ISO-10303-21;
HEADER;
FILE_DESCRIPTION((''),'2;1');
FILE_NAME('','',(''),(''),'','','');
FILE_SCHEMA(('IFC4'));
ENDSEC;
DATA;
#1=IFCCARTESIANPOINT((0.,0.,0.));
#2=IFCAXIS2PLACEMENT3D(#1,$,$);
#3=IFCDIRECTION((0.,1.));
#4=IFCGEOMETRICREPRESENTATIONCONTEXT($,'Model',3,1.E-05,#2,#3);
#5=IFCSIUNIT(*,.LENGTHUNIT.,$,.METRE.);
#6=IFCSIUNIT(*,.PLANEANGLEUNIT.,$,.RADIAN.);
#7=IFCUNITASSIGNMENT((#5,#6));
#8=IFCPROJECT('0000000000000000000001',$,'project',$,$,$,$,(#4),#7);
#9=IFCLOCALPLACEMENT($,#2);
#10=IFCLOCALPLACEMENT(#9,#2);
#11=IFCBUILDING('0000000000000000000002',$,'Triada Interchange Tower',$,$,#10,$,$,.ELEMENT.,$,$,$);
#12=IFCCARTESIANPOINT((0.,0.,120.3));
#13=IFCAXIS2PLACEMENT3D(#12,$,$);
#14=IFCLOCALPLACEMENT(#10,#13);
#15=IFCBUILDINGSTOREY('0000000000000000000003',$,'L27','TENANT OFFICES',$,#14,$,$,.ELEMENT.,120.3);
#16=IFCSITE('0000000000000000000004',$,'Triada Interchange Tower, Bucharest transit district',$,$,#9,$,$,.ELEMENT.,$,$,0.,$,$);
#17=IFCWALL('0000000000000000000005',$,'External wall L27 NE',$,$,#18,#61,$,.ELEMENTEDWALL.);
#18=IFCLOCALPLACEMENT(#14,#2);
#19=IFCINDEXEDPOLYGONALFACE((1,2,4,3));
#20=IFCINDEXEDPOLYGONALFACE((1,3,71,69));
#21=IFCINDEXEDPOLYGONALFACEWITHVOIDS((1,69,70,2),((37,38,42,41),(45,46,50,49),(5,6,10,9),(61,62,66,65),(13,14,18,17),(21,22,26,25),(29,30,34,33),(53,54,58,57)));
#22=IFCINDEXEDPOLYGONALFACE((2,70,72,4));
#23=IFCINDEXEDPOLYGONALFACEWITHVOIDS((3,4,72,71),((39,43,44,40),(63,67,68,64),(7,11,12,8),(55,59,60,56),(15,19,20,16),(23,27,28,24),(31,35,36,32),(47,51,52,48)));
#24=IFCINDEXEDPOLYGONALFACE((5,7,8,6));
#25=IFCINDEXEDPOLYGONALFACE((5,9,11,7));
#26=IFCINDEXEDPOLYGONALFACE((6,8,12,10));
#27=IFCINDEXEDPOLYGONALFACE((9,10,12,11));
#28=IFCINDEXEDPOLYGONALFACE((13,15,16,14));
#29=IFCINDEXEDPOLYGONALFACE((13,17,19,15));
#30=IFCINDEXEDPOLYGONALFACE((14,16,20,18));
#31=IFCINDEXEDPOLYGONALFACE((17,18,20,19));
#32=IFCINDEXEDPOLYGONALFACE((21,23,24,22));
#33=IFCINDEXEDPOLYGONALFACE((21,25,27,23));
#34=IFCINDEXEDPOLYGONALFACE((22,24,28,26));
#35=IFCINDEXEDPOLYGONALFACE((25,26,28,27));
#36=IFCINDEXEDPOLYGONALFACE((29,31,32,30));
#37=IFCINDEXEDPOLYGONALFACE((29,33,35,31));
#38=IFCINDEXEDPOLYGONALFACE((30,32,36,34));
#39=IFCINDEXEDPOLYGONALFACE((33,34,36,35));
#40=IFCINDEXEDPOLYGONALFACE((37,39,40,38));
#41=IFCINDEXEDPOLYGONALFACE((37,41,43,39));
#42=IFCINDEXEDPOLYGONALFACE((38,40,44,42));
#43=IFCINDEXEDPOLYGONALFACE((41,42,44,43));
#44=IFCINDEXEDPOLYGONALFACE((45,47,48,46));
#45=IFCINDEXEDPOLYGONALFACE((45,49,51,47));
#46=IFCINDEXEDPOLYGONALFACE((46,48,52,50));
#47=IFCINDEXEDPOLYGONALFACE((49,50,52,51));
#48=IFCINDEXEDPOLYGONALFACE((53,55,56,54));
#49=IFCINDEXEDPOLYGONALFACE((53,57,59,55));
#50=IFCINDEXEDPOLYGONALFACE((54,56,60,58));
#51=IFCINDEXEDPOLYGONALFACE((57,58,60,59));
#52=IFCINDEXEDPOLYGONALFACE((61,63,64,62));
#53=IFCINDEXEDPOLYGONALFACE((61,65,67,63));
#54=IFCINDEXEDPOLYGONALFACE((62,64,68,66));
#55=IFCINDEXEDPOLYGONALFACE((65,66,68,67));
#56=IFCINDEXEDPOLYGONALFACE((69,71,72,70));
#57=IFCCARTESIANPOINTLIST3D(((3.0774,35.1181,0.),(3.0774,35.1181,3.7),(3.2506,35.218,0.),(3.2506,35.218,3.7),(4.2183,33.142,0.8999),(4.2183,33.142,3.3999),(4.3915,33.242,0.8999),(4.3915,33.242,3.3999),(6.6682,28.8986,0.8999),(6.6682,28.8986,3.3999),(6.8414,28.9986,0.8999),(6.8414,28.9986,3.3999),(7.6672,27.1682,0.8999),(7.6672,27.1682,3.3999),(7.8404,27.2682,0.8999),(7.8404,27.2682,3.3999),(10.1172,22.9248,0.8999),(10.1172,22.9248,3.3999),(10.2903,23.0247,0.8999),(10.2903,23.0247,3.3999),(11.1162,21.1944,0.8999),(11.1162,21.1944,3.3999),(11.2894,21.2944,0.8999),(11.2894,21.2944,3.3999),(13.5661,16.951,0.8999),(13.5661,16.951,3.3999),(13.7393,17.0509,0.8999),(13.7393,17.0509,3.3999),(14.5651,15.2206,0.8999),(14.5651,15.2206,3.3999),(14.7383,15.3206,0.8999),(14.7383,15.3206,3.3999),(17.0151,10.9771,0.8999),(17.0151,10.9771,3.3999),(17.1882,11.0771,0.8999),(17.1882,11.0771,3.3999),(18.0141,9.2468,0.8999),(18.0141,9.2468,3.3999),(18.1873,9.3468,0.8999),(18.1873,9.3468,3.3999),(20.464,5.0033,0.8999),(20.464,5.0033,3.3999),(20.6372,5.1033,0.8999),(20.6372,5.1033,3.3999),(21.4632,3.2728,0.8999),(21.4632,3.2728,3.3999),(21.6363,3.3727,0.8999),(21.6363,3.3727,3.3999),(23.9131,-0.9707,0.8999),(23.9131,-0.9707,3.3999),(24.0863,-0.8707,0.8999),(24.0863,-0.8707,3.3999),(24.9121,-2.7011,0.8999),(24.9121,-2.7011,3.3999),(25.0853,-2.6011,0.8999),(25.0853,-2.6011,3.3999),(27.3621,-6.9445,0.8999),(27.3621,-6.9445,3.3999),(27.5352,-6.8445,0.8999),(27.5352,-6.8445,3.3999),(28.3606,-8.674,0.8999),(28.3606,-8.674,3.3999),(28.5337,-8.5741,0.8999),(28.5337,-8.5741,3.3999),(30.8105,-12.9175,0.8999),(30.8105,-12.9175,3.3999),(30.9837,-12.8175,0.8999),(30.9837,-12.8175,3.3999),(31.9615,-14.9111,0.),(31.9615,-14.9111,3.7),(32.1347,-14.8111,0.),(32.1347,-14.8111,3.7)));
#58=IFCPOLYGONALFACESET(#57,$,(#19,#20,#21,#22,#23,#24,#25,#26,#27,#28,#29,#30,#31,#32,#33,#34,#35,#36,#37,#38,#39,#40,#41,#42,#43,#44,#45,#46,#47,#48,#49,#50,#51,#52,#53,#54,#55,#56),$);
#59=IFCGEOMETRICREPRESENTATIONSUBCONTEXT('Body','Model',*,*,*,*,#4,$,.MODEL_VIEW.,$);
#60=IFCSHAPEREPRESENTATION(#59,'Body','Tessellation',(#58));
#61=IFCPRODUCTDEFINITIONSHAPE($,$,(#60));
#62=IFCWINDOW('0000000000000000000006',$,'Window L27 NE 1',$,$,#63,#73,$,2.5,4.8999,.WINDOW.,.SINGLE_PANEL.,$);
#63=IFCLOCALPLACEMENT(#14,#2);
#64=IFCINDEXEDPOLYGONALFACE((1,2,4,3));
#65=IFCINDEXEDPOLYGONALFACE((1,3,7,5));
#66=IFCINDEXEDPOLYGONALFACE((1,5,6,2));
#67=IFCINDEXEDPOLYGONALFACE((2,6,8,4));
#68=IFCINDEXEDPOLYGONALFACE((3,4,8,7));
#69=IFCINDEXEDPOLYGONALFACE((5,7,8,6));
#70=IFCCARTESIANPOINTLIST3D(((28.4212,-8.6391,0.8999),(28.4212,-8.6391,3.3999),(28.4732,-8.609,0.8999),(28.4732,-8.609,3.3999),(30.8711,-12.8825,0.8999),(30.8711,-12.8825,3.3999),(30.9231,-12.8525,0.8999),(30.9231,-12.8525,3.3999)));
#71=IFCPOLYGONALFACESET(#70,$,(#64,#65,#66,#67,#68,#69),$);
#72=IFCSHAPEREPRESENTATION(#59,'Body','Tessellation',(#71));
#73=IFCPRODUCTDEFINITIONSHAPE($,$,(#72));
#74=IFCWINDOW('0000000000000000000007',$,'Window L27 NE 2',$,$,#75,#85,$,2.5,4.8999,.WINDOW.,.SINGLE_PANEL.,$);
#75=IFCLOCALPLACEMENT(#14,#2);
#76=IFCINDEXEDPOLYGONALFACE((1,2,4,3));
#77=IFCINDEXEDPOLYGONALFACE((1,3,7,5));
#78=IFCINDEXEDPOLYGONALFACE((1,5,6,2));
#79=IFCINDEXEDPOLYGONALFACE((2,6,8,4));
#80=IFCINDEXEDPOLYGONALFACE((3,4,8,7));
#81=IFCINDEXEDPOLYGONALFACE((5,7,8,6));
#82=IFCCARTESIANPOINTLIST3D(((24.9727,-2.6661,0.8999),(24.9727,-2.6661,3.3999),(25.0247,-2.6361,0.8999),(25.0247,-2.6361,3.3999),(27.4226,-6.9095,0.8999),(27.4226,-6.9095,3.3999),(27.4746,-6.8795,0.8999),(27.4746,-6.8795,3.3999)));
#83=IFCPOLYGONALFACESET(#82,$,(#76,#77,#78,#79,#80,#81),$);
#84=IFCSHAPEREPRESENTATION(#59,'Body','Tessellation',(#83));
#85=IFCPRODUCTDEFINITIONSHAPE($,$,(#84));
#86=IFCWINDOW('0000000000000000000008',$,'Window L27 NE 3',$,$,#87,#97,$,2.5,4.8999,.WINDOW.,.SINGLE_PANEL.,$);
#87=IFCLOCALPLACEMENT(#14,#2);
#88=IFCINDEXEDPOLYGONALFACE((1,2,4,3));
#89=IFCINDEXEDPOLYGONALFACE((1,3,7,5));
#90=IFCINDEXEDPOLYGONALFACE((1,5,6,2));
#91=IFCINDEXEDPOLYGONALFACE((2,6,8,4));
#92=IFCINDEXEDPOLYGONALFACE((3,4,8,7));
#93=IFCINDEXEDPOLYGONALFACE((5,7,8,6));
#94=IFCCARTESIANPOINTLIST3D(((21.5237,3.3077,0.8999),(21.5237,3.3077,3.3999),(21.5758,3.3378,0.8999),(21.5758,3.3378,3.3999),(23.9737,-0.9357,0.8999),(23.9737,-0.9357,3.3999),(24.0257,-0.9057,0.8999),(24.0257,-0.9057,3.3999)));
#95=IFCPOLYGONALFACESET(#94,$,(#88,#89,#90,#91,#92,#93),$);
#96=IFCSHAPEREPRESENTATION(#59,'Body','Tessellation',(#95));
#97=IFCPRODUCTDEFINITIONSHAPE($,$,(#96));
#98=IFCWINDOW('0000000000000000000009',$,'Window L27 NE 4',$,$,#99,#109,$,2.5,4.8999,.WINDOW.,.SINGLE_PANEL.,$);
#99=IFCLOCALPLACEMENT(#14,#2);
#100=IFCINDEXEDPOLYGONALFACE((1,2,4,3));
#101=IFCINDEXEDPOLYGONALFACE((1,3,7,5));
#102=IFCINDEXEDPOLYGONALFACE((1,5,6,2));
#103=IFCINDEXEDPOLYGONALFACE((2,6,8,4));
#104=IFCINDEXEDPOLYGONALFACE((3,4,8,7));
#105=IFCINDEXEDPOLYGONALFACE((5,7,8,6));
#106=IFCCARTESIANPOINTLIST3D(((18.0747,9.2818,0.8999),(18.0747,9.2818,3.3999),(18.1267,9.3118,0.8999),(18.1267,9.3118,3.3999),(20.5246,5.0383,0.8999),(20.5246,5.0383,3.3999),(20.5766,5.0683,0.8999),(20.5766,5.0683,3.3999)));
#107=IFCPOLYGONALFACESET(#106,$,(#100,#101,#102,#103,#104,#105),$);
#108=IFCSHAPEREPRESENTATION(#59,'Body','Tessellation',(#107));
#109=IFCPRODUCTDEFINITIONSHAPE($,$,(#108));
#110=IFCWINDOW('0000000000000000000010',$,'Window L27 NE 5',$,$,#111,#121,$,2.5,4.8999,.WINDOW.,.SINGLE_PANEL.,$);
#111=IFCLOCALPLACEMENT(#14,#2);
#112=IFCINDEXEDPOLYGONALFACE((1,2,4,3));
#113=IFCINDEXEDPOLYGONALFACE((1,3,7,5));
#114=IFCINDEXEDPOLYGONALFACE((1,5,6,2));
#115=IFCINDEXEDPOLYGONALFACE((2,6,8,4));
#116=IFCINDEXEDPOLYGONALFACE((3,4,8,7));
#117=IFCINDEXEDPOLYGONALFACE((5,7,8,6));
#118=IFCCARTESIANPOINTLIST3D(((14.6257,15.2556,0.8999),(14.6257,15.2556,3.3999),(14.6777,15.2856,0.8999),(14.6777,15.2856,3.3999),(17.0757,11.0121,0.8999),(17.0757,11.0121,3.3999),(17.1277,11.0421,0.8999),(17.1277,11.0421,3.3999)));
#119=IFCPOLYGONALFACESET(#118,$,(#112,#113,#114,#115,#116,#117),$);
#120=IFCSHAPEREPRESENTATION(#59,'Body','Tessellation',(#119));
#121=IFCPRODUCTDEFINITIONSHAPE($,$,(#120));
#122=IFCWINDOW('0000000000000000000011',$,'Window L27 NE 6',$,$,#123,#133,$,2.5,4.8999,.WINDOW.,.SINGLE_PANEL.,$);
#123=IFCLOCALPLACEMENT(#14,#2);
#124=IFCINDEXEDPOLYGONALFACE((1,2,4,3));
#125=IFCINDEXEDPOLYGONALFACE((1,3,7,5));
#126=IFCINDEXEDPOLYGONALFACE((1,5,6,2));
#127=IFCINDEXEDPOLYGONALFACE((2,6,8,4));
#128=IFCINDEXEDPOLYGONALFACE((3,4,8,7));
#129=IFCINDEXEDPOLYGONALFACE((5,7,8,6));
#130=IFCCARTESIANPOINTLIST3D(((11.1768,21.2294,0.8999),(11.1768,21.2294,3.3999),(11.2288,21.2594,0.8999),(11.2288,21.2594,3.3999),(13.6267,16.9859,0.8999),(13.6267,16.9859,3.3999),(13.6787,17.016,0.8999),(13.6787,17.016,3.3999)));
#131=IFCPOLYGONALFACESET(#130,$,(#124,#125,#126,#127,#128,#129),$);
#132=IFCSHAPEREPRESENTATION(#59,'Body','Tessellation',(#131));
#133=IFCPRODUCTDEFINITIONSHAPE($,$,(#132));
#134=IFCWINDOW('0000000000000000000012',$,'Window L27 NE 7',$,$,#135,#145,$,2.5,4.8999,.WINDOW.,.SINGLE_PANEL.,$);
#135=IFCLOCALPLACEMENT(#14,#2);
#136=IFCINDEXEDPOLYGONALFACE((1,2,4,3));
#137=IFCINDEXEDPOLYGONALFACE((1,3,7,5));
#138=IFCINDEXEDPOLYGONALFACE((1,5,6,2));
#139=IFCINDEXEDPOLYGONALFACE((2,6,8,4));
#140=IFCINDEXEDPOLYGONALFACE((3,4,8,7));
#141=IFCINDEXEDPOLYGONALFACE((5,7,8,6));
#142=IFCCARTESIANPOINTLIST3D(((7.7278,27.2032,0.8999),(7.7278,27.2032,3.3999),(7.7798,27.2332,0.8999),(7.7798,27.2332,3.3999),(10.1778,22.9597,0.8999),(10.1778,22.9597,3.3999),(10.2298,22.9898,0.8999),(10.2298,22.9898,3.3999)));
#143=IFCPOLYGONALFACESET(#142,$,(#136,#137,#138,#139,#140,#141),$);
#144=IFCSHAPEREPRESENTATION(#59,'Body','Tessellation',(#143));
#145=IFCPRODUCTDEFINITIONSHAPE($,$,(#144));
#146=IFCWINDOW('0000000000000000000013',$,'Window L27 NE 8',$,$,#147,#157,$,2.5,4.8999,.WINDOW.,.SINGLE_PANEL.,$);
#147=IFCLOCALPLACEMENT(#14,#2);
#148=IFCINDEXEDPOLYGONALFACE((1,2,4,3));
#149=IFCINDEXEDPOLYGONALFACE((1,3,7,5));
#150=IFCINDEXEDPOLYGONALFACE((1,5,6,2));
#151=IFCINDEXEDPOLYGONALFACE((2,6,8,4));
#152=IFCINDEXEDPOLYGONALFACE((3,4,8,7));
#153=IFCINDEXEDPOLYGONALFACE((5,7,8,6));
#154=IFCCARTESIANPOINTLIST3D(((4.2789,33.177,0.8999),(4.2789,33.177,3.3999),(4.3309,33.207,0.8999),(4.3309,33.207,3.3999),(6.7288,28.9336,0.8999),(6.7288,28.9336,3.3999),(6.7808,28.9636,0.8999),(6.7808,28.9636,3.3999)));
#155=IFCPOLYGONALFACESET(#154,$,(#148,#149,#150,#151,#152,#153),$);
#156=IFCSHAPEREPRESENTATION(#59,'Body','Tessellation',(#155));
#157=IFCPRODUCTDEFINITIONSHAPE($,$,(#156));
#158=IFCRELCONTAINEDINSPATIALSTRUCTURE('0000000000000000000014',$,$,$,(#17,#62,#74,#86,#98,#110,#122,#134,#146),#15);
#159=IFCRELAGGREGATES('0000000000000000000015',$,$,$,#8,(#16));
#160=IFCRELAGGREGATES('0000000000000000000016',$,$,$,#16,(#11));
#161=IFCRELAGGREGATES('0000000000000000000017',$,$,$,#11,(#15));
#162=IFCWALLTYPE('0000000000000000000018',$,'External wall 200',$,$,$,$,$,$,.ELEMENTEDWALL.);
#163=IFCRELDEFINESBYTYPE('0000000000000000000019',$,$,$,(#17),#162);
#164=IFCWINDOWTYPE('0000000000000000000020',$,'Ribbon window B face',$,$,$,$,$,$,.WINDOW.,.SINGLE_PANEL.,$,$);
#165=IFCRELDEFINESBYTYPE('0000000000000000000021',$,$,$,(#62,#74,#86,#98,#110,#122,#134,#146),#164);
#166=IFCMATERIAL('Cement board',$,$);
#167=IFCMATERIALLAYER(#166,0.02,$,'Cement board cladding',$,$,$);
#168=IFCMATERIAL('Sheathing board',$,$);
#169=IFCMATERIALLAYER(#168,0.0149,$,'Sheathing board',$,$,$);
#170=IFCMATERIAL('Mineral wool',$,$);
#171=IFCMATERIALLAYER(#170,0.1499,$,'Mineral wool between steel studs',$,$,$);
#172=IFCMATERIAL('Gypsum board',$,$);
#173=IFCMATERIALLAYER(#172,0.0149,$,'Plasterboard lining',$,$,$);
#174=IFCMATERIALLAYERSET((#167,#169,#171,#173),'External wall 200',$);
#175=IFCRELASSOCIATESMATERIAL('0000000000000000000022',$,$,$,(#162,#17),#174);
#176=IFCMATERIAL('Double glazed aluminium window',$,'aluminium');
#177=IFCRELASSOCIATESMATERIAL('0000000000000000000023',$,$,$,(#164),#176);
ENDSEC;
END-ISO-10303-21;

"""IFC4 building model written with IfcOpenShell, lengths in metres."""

from ifc_helpers import new_model, si_unit, direction, frame, frame_2d, origin, place, context, subcontext, project, spatial, rectangle, extrude, material, layer, layer_set, layer_usage, type_object, element, fill, save


model = new_model("IFC4")

# Units and contexts
model_context = context("Model", 3, precision=1e-05, world=origin(), true_north=direction((0.0, 1.0)))
body_context = subcontext(model_context, "Body", "Model", "MODEL_VIEW")
ifc_project = project(units=[si_unit("LENGTHUNIT", "METRE"), si_unit("PLANEANGLEUNIT", "RADIAN")], contexts=[model_context])

# Site, building, storey
site_placement = place(None, origin())
site = spatial("IfcSite", under=ifc_project, at=site_placement, Name="Triada Interchange Tower, Bucharest transit district", CompositionType="ELEMENT", RefElevation=0.0)
building_placement = place(site_placement, origin())
building = spatial("IfcBuilding", under=site, at=building_placement, Name="Triada Interchange Tower", CompositionType="ELEMENT")
storey_placement = place(building_placement, frame((0.0, 0.0, 120.3)))
storey = spatial("IfcBuildingStorey", under=building, at=storey_placement, Name="L27", Description="TENANT OFFICES", CompositionType="ELEMENT", Elevation=120.3)

# Shared definitions
ifc_material_1 = material(Name="Cement board")
ifc_layer_1 = layer(ifc_material_1, 0.02, Name="Cement board cladding")
ifc_material_2 = material(Name="Sheathing board")
ifc_layer_2 = layer(ifc_material_2, 0.0149, Name="Sheathing board")
ifc_material_3 = material(Name="Mineral wool")
ifc_layer_3 = layer(ifc_material_3, 0.1499, Name="Mineral wool between steel studs")
ifc_material_4 = material(Name="Gypsum board")
ifc_layer_4 = layer(ifc_material_4, 0.0149, Name="Plasterboard lining")
ifc_layer_set_1 = layer_set([ifc_layer_1, ifc_layer_2, ifc_layer_3, ifc_layer_4], Name="External wall 200")
ifc_layer_usage = layer_usage(ifc_layer_set_1, "AXIS2", "POSITIVE", -0.1001)
wall_type_1 = type_object("IfcWallType", Name="External wall 200", PredefinedType="ELEMENTEDWALL", material=ifc_layer_set_1)
ifc_material_5 = material(Name="Double glazed aluminium window", Category="aluminium")

# Wall, openings, windows
wall_1_placement = place(storey_placement, frame((32.0481, -14.8611, 0.0), z_axis=(0.0, 0.0, 1.0), x_axis=(-0.499997, 0.866027, 0.0)))
wall_1 = element("IfcWall", 1, at=wall_1_placement, inside=storey, type_object=wall_type_1, material=ifc_layer_usage, Name="External wall L27 NE", PredefinedType="ELEMENTEDWALL", context=body_context, shape_type="SweptSolid", body=[
    extrude(rectangle(XDim=57.7686, YDim=0.2, at=frame_2d((28.8843, 0.0))), origin(), (0.0, 0.0, 1.0), 3.7),
])
opening_1_placement = place(wall_1_placement, frame((2.302, 0.0, 0.8999)))
opening_1 = element("IfcOpeningElement", 2, at=opening_1_placement, cuts=wall_1, PredefinedType="OPENING", context=body_context, shape_type="SweptSolid", body=[
    extrude(rectangle(XDim=4.8999, YDim=2.5, at=frame_2d((2.45, 1.25))), frame((0.0, 0.1099, 0.0), z_axis=(0.0, -1.0, 0.0), x_axis=(1.0, 0.0, 0.0)), (0.0, 0.0, 1.0), 0.22),
])
opening_2_placement = place(wall_1_placement, frame((9.199, 0.0, 0.8999)))
opening_2 = element("IfcOpeningElement", 3, at=opening_2_placement, cuts=wall_1, PredefinedType="OPENING", context=body_context, shape_type="SweptSolid", body=[
    extrude(rectangle(XDim=4.8999, YDim=2.5, at=frame_2d((2.45, 1.25))), frame((0.0, 0.1099, 0.0), z_axis=(0.0, -1.0, 0.0), x_axis=(1.0, 0.0, 0.0)), (0.0, 0.0, 1.0), 0.22),
])
opening_3_placement = place(wall_1_placement, frame((16.0969, 0.0, 0.8999)))
opening_3 = element("IfcOpeningElement", 4, at=opening_3_placement, cuts=wall_1, PredefinedType="OPENING", context=body_context, shape_type="SweptSolid", body=[
    extrude(rectangle(XDim=4.8999, YDim=2.5, at=frame_2d((2.45, 1.25))), frame((0.0, 0.1099, 0.0), z_axis=(0.0, -1.0, 0.0), x_axis=(1.0, 0.0, 0.0)), (0.0, 0.0, 1.0), 0.22),
])
opening_4_placement = place(wall_1_placement, frame((22.9951, 0.0, 0.8999)))
opening_4 = element("IfcOpeningElement", 5, at=opening_4_placement, cuts=wall_1, PredefinedType="OPENING", context=body_context, shape_type="SweptSolid", body=[
    extrude(rectangle(XDim=4.8999, YDim=2.5, at=frame_2d((2.45, 1.25))), frame((0.0, 0.1099, 0.0), z_axis=(0.0, -1.0, 0.0), x_axis=(1.0, 0.0, 0.0)), (0.0, 0.0, 1.0), 0.22),
])
opening_5_placement = place(wall_1_placement, frame((29.8931, 0.0, 0.8999)))
opening_5 = element("IfcOpeningElement", 6, at=opening_5_placement, cuts=wall_1, PredefinedType="OPENING", context=body_context, shape_type="SweptSolid", body=[
    extrude(rectangle(XDim=4.8999, YDim=2.5, at=frame_2d((2.45, 1.25))), frame((0.0, 0.1099, 0.0), z_axis=(0.0, -1.0, 0.0), x_axis=(1.0, 0.0, 0.0)), (0.0, 0.0, 1.0), 0.22),
])
opening_6_placement = place(wall_1_placement, frame((36.791, 0.0, 0.8999)))
opening_6 = element("IfcOpeningElement", 7, at=opening_6_placement, cuts=wall_1, PredefinedType="OPENING", context=body_context, shape_type="SweptSolid", body=[
    extrude(rectangle(XDim=4.8999, YDim=2.5, at=frame_2d((2.45, 1.25))), frame((0.0, 0.1099, 0.0), z_axis=(0.0, -1.0, 0.0), x_axis=(1.0, 0.0, 0.0)), (0.0, 0.0, 1.0), 0.22),
])
opening_7_placement = place(wall_1_placement, frame((43.689, 0.0, 0.8999)))
opening_7 = element("IfcOpeningElement", 8, at=opening_7_placement, cuts=wall_1, PredefinedType="OPENING", context=body_context, shape_type="SweptSolid", body=[
    extrude(rectangle(XDim=4.8999, YDim=2.5, at=frame_2d((2.45, 1.25))), frame((0.0, 0.1099, 0.0), z_axis=(0.0, -1.0, 0.0), x_axis=(1.0, 0.0, 0.0)), (0.0, 0.0, 1.0), 0.22),
])
opening_8_placement = place(wall_1_placement, frame((50.5869, 0.0, 0.8999)))
opening_8 = element("IfcOpeningElement", 9, at=opening_8_placement, cuts=wall_1, PredefinedType="OPENING", context=body_context, shape_type="SweptSolid", body=[
    extrude(rectangle(XDim=4.8999, YDim=2.5, at=frame_2d((2.45, 1.25))), frame((0.0, 0.1099, 0.0), z_axis=(0.0, -1.0, 0.0), x_axis=(1.0, 0.0, 0.0)), (0.0, 0.0, 1.0), 0.22),
])
window_type_1 = type_object("IfcWindowType", Name="Ribbon window B face", PartitioningType="SINGLE_PANEL", PredefinedType="WINDOW", material=ifc_material_5)
window_1_placement = place(opening_1_placement, origin())
window_1 = element("IfcWindow", 10, at=window_1_placement, inside=storey, type_object=window_type_1, Name="Window L27 NE 1", OverallHeight=2.5, OverallWidth=4.8999, PartitioningType="SINGLE_PANEL", PredefinedType="WINDOW", context=body_context, shape_type="SweptSolid", body=[
    extrude(rectangle(XDim=4.8999, YDim=2.5, at=frame_2d((2.45, 1.25))), frame((0.0, 0.03, 0.0), z_axis=(0.0, -1.0, 0.0), x_axis=(1.0, 0.0, 0.0)), (0.0, 0.0, 1.0), 0.0601),
])
fill(opening_1, window_1)
window_2_placement = place(opening_2_placement, origin())
window_2 = element("IfcWindow", 11, at=window_2_placement, inside=storey, type_object=window_type_1, Name="Window L27 NE 2", OverallHeight=2.5, OverallWidth=4.8999, PartitioningType="SINGLE_PANEL", PredefinedType="WINDOW", context=body_context, shape_type="SweptSolid", body=[
    extrude(rectangle(XDim=4.8999, YDim=2.5, at=frame_2d((2.45, 1.25))), frame((0.0, 0.03, 0.0), z_axis=(0.0, -1.0, 0.0), x_axis=(1.0, 0.0, 0.0)), (0.0, 0.0, 1.0), 0.0601),
])
fill(opening_2, window_2)
window_3_placement = place(opening_3_placement, origin())
window_3 = element("IfcWindow", 12, at=window_3_placement, inside=storey, type_object=window_type_1, Name="Window L27 NE 3", OverallHeight=2.5, OverallWidth=4.8999, PartitioningType="SINGLE_PANEL", PredefinedType="WINDOW", context=body_context, shape_type="SweptSolid", body=[
    extrude(rectangle(XDim=4.8999, YDim=2.5, at=frame_2d((2.45, 1.25))), frame((0.0, 0.03, 0.0), z_axis=(0.0, -1.0, 0.0), x_axis=(1.0, 0.0, 0.0)), (0.0, 0.0, 1.0), 0.0601),
])
fill(opening_3, window_3)
window_4_placement = place(opening_4_placement, origin())
window_4 = element("IfcWindow", 13, at=window_4_placement, inside=storey, type_object=window_type_1, Name="Window L27 NE 4", OverallHeight=2.5, OverallWidth=4.8999, PartitioningType="SINGLE_PANEL", PredefinedType="WINDOW", context=body_context, shape_type="SweptSolid", body=[
    extrude(rectangle(XDim=4.8999, YDim=2.5, at=frame_2d((2.45, 1.25))), frame((0.0, 0.03, 0.0), z_axis=(0.0, -1.0, 0.0), x_axis=(1.0, 0.0, 0.0)), (0.0, 0.0, 1.0), 0.0601),
])
fill(opening_4, window_4)
window_5_placement = place(opening_5_placement, origin())
window_5 = element("IfcWindow", 14, at=window_5_placement, inside=storey, type_object=window_type_1, Name="Window L27 NE 5", OverallHeight=2.5, OverallWidth=4.8999, PartitioningType="SINGLE_PANEL", PredefinedType="WINDOW", context=body_context, shape_type="SweptSolid", body=[
    extrude(rectangle(XDim=4.8999, YDim=2.5, at=frame_2d((2.45, 1.25))), frame((0.0, 0.03, 0.0), z_axis=(0.0, -1.0, 0.0), x_axis=(1.0, 0.0, 0.0)), (0.0, 0.0, 1.0), 0.0601),
])
fill(opening_5, window_5)
window_6_placement = place(opening_6_placement, origin())
window_6 = element("IfcWindow", 15, at=window_6_placement, inside=storey, type_object=window_type_1, Name="Window L27 NE 6", OverallHeight=2.5, OverallWidth=4.8999, PartitioningType="SINGLE_PANEL", PredefinedType="WINDOW", context=body_context, shape_type="SweptSolid", body=[
    extrude(rectangle(XDim=4.8999, YDim=2.5, at=frame_2d((2.45, 1.25))), frame((0.0, 0.03, 0.0), z_axis=(0.0, -1.0, 0.0), x_axis=(1.0, 0.0, 0.0)), (0.0, 0.0, 1.0), 0.0601),
])
fill(opening_6, window_6)
window_7_placement = place(opening_7_placement, origin())
window_7 = element("IfcWindow", 16, at=window_7_placement, inside=storey, type_object=window_type_1, Name="Window L27 NE 7", OverallHeight=2.5, OverallWidth=4.8999, PartitioningType="SINGLE_PANEL", PredefinedType="WINDOW", context=body_context, shape_type="SweptSolid", body=[
    extrude(rectangle(XDim=4.8999, YDim=2.5, at=frame_2d((2.45, 1.25))), frame((0.0, 0.03, 0.0), z_axis=(0.0, -1.0, 0.0), x_axis=(1.0, 0.0, 0.0)), (0.0, 0.0, 1.0), 0.0601),
])
fill(opening_7, window_7)
window_8_placement = place(opening_8_placement, origin())
window_8 = element("IfcWindow", 17, at=window_8_placement, inside=storey, type_object=window_type_1, Name="Window L27 NE 8", OverallHeight=2.5, OverallWidth=4.8999, PartitioningType="SINGLE_PANEL", PredefinedType="WINDOW", context=body_context, shape_type="SweptSolid", body=[
    extrude(rectangle(XDim=4.8999, YDim=2.5, at=frame_2d((2.45, 1.25))), frame((0.0, 0.03, 0.0), z_axis=(0.0, -1.0, 0.0), x_axis=(1.0, 0.0, 0.0)), (0.0, 0.0, 1.0), 0.0601),
])
fill(opening_8, window_8)

save(model, "model.ifc")
